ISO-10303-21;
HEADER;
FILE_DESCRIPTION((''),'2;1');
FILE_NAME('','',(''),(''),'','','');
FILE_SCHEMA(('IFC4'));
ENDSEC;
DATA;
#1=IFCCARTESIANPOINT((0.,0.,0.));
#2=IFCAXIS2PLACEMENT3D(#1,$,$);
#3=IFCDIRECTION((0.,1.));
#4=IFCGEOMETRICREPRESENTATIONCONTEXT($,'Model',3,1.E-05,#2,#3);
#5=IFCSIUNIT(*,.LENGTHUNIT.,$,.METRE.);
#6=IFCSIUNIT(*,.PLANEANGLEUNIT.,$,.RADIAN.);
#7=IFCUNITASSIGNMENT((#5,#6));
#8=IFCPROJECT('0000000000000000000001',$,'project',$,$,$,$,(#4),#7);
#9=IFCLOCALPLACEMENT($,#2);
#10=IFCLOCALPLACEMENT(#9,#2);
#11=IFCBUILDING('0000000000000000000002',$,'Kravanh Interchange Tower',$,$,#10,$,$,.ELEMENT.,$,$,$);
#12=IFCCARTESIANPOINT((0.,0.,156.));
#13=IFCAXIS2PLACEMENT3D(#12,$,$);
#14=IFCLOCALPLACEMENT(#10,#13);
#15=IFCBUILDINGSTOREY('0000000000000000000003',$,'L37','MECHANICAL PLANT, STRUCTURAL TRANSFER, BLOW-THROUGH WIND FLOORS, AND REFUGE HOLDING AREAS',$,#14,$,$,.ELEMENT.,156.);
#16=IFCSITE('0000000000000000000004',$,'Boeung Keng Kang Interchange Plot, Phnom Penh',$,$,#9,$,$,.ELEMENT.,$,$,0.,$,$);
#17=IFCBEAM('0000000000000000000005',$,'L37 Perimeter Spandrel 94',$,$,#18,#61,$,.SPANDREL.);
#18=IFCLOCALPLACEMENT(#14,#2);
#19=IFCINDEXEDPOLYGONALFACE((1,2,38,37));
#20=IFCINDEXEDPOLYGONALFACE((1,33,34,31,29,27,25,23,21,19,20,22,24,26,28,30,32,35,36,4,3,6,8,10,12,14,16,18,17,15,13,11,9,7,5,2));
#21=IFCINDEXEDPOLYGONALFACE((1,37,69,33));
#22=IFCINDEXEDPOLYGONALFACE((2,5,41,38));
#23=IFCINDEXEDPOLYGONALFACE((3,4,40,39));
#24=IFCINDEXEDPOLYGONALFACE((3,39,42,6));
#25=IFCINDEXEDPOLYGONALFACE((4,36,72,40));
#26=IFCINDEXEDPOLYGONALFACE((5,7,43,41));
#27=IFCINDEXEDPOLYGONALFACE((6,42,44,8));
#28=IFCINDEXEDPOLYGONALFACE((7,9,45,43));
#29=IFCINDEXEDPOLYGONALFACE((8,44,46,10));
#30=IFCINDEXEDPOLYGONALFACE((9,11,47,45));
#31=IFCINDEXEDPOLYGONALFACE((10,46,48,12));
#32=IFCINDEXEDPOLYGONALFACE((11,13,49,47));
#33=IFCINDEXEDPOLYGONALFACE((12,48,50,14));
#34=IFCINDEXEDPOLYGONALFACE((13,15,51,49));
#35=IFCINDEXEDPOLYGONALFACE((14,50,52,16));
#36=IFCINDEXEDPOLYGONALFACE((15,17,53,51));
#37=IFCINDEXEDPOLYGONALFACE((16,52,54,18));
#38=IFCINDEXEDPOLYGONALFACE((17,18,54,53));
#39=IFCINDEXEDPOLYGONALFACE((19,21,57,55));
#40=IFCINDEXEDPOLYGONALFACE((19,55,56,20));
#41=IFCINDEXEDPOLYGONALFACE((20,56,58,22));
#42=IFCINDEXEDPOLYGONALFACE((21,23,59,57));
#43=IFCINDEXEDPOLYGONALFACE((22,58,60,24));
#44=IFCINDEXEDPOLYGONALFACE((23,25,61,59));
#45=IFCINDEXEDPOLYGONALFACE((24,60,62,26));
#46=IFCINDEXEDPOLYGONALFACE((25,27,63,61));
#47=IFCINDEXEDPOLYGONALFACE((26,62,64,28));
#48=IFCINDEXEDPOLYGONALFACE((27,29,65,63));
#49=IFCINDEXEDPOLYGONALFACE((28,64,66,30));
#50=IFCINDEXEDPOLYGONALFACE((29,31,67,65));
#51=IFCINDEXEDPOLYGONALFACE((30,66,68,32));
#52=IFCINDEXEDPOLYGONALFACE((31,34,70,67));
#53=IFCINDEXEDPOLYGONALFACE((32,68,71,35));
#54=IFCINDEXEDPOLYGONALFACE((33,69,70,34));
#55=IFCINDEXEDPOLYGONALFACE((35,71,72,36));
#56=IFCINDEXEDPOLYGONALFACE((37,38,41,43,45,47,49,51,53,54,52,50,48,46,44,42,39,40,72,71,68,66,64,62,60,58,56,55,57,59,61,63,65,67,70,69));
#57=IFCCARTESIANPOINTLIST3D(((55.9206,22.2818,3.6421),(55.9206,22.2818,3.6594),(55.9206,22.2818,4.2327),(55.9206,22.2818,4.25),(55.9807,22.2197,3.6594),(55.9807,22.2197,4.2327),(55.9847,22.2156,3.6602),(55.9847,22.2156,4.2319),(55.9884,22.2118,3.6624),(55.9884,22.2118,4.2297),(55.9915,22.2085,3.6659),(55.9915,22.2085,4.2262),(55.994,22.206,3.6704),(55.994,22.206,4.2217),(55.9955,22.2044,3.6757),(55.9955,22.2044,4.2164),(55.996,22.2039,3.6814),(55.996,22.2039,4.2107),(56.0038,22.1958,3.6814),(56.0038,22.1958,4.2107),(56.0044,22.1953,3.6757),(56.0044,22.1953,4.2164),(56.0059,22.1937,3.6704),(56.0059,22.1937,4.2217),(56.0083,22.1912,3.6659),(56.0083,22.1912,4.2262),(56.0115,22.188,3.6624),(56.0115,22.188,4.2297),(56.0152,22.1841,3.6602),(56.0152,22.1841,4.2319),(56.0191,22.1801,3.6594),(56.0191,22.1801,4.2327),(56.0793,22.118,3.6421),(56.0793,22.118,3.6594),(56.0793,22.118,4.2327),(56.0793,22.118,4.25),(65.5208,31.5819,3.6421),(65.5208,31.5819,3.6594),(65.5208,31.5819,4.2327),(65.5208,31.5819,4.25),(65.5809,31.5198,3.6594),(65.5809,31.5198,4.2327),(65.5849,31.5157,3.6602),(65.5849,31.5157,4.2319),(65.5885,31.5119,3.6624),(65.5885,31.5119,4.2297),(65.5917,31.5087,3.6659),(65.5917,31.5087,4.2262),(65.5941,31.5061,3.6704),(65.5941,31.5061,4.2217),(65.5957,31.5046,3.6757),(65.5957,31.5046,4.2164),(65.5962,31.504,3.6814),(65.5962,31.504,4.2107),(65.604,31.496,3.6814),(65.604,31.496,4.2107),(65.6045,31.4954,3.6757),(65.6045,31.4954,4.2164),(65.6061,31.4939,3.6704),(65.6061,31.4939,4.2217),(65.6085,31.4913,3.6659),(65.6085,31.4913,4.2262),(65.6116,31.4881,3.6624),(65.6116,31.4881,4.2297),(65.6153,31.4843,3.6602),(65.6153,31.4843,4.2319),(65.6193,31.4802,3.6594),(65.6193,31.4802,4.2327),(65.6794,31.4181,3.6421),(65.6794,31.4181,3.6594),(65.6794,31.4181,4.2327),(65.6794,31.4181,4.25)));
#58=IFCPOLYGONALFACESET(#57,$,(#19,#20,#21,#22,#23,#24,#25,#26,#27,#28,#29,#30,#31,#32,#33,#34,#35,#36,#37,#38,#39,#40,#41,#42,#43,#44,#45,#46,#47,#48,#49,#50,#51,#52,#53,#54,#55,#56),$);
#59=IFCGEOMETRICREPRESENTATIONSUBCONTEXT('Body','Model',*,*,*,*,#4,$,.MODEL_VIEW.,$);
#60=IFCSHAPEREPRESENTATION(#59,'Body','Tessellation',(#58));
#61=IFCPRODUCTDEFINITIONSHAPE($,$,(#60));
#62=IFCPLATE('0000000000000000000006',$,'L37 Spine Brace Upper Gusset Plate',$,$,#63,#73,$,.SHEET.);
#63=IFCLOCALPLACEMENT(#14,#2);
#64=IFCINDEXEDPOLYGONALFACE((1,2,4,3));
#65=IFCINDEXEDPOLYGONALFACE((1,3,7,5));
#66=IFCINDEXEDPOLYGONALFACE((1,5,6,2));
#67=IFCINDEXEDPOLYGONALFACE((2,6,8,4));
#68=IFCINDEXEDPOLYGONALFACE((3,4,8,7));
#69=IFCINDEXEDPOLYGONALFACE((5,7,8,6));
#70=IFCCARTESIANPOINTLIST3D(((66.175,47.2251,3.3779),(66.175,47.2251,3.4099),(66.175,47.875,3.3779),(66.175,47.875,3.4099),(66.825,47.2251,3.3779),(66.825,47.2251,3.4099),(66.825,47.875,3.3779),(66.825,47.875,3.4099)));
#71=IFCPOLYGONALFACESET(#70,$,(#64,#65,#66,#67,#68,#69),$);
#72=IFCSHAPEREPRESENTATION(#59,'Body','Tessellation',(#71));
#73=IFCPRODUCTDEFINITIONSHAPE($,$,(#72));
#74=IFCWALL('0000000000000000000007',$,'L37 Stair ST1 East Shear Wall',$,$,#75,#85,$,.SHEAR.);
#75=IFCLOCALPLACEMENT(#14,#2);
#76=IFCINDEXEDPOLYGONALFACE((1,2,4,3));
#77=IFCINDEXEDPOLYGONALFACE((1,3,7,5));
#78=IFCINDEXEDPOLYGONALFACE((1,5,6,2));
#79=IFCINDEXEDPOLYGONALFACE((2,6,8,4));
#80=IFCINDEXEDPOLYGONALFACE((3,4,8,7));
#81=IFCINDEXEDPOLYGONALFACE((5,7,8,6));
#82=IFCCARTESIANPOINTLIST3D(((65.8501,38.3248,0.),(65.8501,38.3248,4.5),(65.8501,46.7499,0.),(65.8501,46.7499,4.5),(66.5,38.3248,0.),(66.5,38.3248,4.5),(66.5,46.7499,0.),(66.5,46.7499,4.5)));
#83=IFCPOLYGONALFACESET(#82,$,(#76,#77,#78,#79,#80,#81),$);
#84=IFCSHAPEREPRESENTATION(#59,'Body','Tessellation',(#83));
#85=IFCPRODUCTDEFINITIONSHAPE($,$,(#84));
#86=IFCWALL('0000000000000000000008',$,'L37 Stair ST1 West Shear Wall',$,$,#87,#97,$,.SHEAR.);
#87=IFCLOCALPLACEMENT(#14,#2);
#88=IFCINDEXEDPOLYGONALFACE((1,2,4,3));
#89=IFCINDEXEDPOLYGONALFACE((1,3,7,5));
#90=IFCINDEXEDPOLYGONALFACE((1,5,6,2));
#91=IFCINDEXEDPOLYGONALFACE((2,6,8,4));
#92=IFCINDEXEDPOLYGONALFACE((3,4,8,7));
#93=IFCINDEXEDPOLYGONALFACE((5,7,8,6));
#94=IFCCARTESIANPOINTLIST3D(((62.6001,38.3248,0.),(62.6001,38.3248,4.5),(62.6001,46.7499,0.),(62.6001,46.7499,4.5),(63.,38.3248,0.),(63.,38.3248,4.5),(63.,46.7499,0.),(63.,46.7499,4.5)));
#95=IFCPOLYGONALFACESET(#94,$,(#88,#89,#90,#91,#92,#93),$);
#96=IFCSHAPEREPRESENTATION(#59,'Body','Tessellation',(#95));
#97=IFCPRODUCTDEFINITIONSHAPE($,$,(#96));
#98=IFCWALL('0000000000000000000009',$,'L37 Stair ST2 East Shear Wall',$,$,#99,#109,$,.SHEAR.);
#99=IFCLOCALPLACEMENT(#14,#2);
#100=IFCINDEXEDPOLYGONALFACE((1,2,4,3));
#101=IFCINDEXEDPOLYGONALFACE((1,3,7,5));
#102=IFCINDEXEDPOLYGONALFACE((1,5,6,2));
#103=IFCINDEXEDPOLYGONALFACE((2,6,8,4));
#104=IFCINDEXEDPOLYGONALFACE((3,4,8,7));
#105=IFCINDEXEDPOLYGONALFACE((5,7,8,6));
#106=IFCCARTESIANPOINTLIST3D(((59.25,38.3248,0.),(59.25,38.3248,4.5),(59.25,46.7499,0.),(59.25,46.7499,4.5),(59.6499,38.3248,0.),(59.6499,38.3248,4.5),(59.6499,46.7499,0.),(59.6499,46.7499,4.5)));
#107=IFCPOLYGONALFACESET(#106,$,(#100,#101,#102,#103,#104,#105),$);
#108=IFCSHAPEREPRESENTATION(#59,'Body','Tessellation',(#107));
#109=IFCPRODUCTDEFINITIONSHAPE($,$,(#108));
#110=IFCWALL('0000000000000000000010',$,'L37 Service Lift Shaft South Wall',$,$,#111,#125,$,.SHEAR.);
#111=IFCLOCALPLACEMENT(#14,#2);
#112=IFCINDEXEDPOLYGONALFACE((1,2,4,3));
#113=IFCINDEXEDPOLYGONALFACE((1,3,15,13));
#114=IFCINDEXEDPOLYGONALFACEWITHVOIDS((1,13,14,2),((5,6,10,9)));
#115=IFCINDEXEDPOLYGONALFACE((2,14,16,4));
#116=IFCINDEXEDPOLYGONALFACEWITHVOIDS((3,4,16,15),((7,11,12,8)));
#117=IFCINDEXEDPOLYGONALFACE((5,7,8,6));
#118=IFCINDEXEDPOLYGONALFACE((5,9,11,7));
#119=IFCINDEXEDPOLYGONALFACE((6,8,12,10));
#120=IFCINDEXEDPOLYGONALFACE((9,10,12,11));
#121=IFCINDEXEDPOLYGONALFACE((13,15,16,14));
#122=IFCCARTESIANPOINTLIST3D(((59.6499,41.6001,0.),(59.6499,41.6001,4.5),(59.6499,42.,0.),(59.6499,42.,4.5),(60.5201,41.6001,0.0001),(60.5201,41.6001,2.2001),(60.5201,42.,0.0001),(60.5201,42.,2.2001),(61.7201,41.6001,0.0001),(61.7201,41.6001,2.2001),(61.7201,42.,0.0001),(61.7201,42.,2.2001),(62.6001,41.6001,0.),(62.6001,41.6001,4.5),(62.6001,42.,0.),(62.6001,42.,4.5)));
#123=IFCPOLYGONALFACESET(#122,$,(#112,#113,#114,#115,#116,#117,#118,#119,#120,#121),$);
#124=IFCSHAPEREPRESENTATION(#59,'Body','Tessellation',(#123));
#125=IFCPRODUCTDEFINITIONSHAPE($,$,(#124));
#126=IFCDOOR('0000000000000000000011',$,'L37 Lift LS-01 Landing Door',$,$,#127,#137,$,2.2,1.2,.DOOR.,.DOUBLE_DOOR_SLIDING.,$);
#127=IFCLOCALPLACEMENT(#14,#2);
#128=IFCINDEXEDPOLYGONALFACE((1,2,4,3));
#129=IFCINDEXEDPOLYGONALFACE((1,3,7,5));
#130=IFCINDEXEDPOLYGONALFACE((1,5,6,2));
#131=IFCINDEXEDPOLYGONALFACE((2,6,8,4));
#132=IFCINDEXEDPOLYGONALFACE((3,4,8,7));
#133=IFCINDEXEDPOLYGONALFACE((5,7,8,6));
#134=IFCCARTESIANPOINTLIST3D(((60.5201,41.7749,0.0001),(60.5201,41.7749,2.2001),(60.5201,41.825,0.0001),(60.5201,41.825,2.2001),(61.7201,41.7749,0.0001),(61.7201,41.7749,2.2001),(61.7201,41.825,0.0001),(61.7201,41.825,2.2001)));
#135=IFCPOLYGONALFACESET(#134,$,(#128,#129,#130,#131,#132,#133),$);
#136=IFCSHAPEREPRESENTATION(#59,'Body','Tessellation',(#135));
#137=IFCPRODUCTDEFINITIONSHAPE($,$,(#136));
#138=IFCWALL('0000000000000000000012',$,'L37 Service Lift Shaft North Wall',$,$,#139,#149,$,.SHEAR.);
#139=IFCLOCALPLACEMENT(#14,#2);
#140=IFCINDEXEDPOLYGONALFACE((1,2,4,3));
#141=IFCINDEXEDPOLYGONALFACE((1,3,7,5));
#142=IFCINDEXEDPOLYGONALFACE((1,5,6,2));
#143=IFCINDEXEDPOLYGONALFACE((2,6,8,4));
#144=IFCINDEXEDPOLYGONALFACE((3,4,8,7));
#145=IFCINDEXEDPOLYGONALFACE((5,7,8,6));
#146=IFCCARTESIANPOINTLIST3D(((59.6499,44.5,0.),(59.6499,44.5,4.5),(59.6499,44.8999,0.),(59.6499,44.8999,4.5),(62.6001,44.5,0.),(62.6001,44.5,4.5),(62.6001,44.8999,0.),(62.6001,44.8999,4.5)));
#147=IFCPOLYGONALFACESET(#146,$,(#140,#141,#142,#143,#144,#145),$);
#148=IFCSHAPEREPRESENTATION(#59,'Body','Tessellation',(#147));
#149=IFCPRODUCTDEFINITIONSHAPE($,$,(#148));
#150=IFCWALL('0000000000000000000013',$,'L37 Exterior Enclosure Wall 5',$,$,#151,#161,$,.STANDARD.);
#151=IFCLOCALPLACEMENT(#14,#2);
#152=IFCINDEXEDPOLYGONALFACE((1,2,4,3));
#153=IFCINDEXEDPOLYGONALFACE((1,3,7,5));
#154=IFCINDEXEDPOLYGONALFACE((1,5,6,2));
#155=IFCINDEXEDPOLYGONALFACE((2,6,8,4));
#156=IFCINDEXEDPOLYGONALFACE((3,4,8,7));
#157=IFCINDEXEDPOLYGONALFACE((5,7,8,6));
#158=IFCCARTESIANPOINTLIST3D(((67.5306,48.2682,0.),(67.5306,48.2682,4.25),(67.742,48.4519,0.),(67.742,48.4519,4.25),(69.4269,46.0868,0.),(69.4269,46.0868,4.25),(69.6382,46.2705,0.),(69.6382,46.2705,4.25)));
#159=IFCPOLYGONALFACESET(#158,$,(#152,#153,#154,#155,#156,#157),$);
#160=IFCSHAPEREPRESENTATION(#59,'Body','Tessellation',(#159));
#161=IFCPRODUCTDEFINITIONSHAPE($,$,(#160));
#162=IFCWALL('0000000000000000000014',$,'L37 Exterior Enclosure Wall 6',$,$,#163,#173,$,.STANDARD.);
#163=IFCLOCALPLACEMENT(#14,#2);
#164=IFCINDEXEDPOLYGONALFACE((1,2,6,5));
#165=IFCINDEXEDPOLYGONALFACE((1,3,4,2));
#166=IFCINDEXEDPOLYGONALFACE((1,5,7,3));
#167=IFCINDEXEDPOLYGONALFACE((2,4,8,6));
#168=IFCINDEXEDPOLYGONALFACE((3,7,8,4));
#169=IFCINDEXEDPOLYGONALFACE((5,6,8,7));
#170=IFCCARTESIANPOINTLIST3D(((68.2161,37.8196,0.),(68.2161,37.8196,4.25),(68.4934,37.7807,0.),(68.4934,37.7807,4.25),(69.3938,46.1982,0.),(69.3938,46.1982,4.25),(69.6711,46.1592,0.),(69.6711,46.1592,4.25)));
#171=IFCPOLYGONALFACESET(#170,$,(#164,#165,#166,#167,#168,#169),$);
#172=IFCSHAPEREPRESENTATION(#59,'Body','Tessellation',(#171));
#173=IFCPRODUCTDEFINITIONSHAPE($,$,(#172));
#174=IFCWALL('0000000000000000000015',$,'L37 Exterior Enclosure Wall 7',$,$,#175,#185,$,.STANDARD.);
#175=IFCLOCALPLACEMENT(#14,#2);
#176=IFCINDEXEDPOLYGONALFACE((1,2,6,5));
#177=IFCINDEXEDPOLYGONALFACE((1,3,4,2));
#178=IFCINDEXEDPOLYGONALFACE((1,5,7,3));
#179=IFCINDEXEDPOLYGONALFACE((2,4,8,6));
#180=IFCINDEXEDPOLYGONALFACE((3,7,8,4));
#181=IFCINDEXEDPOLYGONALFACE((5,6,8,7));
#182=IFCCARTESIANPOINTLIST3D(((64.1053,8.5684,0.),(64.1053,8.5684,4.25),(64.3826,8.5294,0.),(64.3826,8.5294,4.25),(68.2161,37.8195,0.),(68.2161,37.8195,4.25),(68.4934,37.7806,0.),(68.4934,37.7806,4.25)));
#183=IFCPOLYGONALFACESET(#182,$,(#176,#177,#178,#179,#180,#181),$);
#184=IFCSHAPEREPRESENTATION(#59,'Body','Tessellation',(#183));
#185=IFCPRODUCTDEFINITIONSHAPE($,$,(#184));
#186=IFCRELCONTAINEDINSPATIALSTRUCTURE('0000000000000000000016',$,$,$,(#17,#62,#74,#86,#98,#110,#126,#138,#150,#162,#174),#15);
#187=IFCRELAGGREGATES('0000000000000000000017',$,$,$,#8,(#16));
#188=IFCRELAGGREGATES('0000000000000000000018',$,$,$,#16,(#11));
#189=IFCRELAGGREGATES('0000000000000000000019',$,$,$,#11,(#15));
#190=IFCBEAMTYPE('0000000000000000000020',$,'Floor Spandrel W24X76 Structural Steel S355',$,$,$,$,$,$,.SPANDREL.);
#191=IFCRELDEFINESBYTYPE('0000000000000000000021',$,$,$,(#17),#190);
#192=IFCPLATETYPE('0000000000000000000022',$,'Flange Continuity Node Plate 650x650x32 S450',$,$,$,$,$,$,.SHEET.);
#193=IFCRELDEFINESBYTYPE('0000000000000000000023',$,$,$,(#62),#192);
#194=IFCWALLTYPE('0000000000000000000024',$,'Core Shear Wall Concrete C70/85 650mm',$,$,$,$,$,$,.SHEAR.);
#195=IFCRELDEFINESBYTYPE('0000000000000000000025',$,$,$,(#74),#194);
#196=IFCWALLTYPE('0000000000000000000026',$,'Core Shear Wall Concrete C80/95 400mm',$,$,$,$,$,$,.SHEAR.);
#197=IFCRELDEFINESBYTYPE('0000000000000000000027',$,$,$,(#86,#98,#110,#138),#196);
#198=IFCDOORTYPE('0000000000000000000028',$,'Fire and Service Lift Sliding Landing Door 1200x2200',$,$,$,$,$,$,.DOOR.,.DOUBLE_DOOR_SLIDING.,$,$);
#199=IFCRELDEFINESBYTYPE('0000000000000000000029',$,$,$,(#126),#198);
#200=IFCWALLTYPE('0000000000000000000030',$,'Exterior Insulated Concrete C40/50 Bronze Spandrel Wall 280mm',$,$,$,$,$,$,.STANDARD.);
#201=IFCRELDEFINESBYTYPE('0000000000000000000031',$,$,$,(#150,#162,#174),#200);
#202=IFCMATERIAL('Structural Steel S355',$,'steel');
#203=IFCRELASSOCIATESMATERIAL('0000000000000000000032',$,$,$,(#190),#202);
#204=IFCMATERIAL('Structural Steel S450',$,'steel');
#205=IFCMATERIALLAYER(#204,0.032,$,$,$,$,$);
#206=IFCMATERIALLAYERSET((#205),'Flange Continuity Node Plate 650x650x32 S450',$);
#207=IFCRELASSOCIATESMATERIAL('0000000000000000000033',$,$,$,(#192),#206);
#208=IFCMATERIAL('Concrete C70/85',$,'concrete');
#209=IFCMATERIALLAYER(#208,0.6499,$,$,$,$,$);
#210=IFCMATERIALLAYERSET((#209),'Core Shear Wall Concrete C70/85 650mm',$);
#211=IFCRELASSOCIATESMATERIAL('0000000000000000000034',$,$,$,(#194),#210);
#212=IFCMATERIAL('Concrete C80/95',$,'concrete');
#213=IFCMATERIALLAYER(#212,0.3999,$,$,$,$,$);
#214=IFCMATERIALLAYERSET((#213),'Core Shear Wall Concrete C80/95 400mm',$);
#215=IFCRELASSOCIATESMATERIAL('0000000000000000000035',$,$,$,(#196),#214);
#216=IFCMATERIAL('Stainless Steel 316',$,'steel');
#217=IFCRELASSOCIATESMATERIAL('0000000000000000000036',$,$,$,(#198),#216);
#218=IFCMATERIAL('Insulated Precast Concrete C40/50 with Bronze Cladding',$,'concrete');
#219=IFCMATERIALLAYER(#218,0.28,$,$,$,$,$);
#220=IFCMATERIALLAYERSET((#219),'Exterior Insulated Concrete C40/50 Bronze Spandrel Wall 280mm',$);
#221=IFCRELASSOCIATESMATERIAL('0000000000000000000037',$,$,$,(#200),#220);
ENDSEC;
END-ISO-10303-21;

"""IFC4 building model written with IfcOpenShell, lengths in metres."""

from ifc_helpers import new_model, si_unit, direction, frame, frame_2d, origin, origin_2d, place, context, subcontext, project, spatial, rectangle, i_section, extrude, material, layer, layer_set, material_profile, profile_set, type_object, element, fill, save


model = new_model("IFC4")

# Units and contexts
model_context = context("Model", 3, precision=1e-05, world=origin(), true_north=direction((0.0, 1.0)))
body_context = subcontext(model_context, "Body", "Model", "MODEL_VIEW")
ifc_project = project(units=[si_unit("LENGTHUNIT", "METRE"), si_unit("PLANEANGLEUNIT", "RADIAN")], contexts=[model_context])

# Site, building, storey
site_placement = place(None, origin())
site = spatial("IfcSite", under=ifc_project, at=site_placement, Name="Boeung Keng Kang Interchange Plot, Phnom Penh", CompositionType="ELEMENT", RefElevation=0.0)
building_placement = place(site_placement, origin())
building = spatial("IfcBuilding", under=site, at=building_placement, Name="Kravanh Interchange Tower", CompositionType="ELEMENT")
storey_placement = place(building_placement, frame((0.0, 0.0, 156.0)))
storey = spatial("IfcBuildingStorey", under=building, at=storey_placement, Name="L37", Description="MECHANICAL PLANT, STRUCTURAL TRANSFER, BLOW-THROUGH WIND FLOORS, AND REFUGE HOLDING AREAS", CompositionType="ELEMENT", Elevation=156.0)

# Beam
ifc_material_1 = material(Name="Structural Steel S355", Category="steel")
ifc_material_profile_1 = material_profile(ifc_material_1, i_section(OverallWidth=0.228, OverallDepth=0.6079, WebThickness=0.0112, FlangeThickness=0.0173, FilletRadius=0.022, at=origin_2d()), Name="W24X76")
ifc_profile_set_1 = profile_set([ifc_material_profile_1], Name="Structural Steel S355")
beam_type_1 = type_object("IfcBeamType", Name="Floor Spandrel W24X76 Structural Steel S355", PredefinedType="SPANDREL", material=ifc_profile_set_1)
beam_1_placement = place(storey_placement, frame((65.6001, 31.5, 3.946), z_axis=(-0.718242, -0.695793, 0.0), x_axis=(0.695793, -0.718242, 0.0)))
element("IfcBeam", 1, at=beam_1_placement, inside=storey, type_object=beam_type_1, Name="L37 Perimeter Spandrel 94", PredefinedType="SPANDREL", context=body_context, shape_type="SweptSolid", body=[
    extrude(i_section(OverallWidth=0.228, OverallDepth=0.6079, WebThickness=0.0112, FlangeThickness=0.0173, FilletRadius=0.022, at=origin_2d()), origin(), (0.0, 0.0, 1.0), 13.3662),
])

# Plate
ifc_material_2 = material(Name="Structural Steel S450", Category="steel")
ifc_layer_1 = layer(ifc_material_2, 0.032)
ifc_layer_set_1 = layer_set([ifc_layer_1], Name="Flange Continuity Node Plate 650x650x32 S450")
plate_type = type_object("IfcPlateType", Name="Flange Continuity Node Plate 650x650x32 S450", PredefinedType="SHEET", material=ifc_layer_set_1)
plate_placement = place(storey_placement, frame((66.5, 47.55, 3.3779), z_axis=(0.0, 0.0, 1.0), x_axis=(1.0, 0.0, 0.0)))
element("IfcPlate", 2, at=plate_placement, inside=storey, type_object=plate_type, Name="L37 Spine Brace Upper Gusset Plate", PredefinedType="SHEET", context=body_context, shape_type="SweptSolid", body=[
    extrude(rectangle(XDim=0.6499, YDim=0.6499, at=origin_2d()), origin(), (0.0, 0.0, 1.0), 0.032),
])

# Walls
ifc_material_3 = material(Name="Concrete C70/85", Category="concrete")
ifc_layer_2 = layer(ifc_material_3, 0.6499)
ifc_layer_set_2 = layer_set([ifc_layer_2], Name="Core Shear Wall Concrete C70/85 650mm")
wall_type_1 = type_object("IfcWallType", Name="Core Shear Wall Concrete C70/85 650mm", PredefinedType="SHEAR", material=ifc_layer_set_2)
wall_1_placement = place(storey_placement, frame((66.175, 38.325, 0.0), z_axis=(0.0, 0.0, 1.0), x_axis=(0.0, 1.0, 0.0)))
element("IfcWall", 3, at=wall_1_placement, inside=storey, type_object=wall_type_1, Name="L37 Stair ST1 East Shear Wall", PredefinedType="SHEAR", context=body_context, shape_type="SweptSolid", body=[
    extrude(rectangle(XDim=8.425, YDim=0.6499, at=frame_2d((4.2124, 0.0))), origin(), (0.0, 0.0, 1.0), 4.5),
])
ifc_material_4 = material(Name="Concrete C80/95", Category="concrete")
ifc_layer_3 = layer(ifc_material_4, 0.3999)
ifc_layer_set_3 = layer_set([ifc_layer_3], Name="Core Shear Wall Concrete C80/95 400mm")
wall_type_2 = type_object("IfcWallType", Name="Core Shear Wall Concrete C80/95 400mm", PredefinedType="SHEAR", material=ifc_layer_set_3)
for number, where, z_axis, x_axis, name in (
    (4, (62.8, 38.325, 0.0), (0.0, 0.0, 1.0), (0.0, 1.0, 0.0), "L37 Stair ST1 West Shear Wall"),
    (5, (59.45, 38.325, 0.0), (0.0, 0.0, 1.0), (0.0, 1.0, 0.0), "L37 Stair ST2 East Shear Wall"),
):
    element("IfcWall", number, at=place(storey_placement, frame(where, z_axis=z_axis, x_axis=x_axis)), inside=storey, type_object=wall_type_2, Name=name, PredefinedType="SHEAR", context=body_context, shape_type="SweptSolid", body=[
        extrude(rectangle(XDim=8.425, YDim=0.3999, at=frame_2d((4.2124, 0.0))), origin(), (0.0, 0.0, 1.0), 4.5),
    ])

# Wall, opening, door
wall_2_placement = place(storey_placement, frame((59.6499, 41.8, 0.0), z_axis=(0.0, 0.0, 1.0), x_axis=(1.0, 0.0, 0.0)))
wall_2 = element("IfcWall", 6, at=wall_2_placement, inside=storey, type_object=wall_type_2, Name="L37 Service Lift Shaft South Wall", PredefinedType="SHEAR", context=body_context, shape_type="SweptSolid", body=[
    extrude(rectangle(XDim=2.9502, YDim=0.3999, at=frame_2d((1.4751, 0.0))), origin(), (0.0, 0.0, 1.0), 4.5),
])
opening_placement = place(wall_2_placement, frame((0.8701, 0.0, 0.0)))
opening = element("IfcOpeningElement", 7, at=opening_placement, cuts=wall_2, PredefinedType="OPENING", context=body_context, shape_type="SweptSolid", body=[
    extrude(rectangle(XDim=1.2, YDim=2.2, at=frame_2d((0.6001, 1.1001))), frame((0.0, 0.21, 0.0), z_axis=(0.0, -1.0, 0.0), x_axis=(1.0, 0.0, 0.0)), (0.0, 0.0, 1.0), 0.4199),
])
ifc_material_5 = material(Name="Stainless Steel 316", Category="steel")
door_type = type_object("IfcDoorType", Name="Fire and Service Lift Sliding Landing Door 1200x2200", OperationType="DOUBLE_DOOR_SLIDING", PredefinedType="DOOR", material=ifc_material_5)
door_placement = place(opening_placement, origin())
door = element("IfcDoor", 8, at=door_placement, inside=storey, type_object=door_type, Name="L37 Lift LS-01 Landing Door", OperationType="DOUBLE_DOOR_SLIDING", OverallHeight=2.2, OverallWidth=1.2, PredefinedType="DOOR", context=body_context, shape_type="SweptSolid", body=[
    extrude(rectangle(XDim=1.2, YDim=2.2, at=frame_2d((0.6001, 1.1001))), frame((0.0, 0.0249, 0.0), z_axis=(0.0, -1.0, 0.0), x_axis=(1.0, 0.0, 0.0)), (0.0, 0.0, 1.0), 0.05),
])
fill(opening, door)

# Walls
wall_3_placement = place(storey_placement, frame((59.6499, 44.7, 0.0), z_axis=(0.0, 0.0, 1.0), x_axis=(1.0, 0.0, 0.0)))
element("IfcWall", 9, at=wall_3_placement, inside=storey, type_object=wall_type_2, Name="L37 Service Lift Shaft North Wall", PredefinedType="SHEAR", context=body_context, shape_type="SweptSolid", body=[
    extrude(rectangle(XDim=2.9502, YDim=0.3999, at=frame_2d((1.4751, 0.0))), origin(), (0.0, 0.0, 1.0), 4.5),
])
ifc_material_6 = material(Name="Insulated Precast Concrete C40/50 with Bronze Cladding", Category="concrete")
ifc_layer_4 = layer(ifc_material_6, 0.28)
ifc_layer_set_4 = layer_set([ifc_layer_4], Name="Exterior Insulated Concrete C40/50 Bronze Spandrel Wall 280mm")
wall_type_3 = type_object("IfcWallType", Name="Exterior Insulated Concrete C40/50 Bronze Spandrel Wall 280mm", PredefinedType="STANDARD", material=ifc_layer_set_4)
wall_4_placement = place(storey_placement, frame((67.6362, 48.3601, 0.0), z_axis=(0.0, 0.0, 1.0), x_axis=(0.656055, -0.754713, 0.0)))
element("IfcWall", 10, at=wall_4_placement, inside=storey, type_object=wall_type_3, Name="L37 Exterior Enclosure Wall 5", PredefinedType="STANDARD", context=body_context, shape_type="SweptSolid", body=[
    extrude(rectangle(XDim=2.8904, YDim=0.28, at=frame_2d((1.4453, 0.0))), origin(), (0.0, 0.0, 1.0), 4.25),
])
wall_5_placement = place(storey_placement, frame((69.5325, 46.1787, 0.0), z_axis=(0.0, 0.0, 1.0), x_axis=(-0.139195, -0.990265, 0.0)))
element("IfcWall", 11, at=wall_5_placement, inside=storey, type_object=wall_type_3, Name="L37 Exterior Enclosure Wall 6", PredefinedType="STANDARD", context=body_context, shape_type="SweptSolid", body=[
    extrude(rectangle(XDim=8.4609, YDim=0.28, at=frame_2d((4.2305, 0.0))), origin(), (0.0, 0.0, 1.0), 4.25),
])
wall_6_placement = place(storey_placement, frame((68.3547, 37.8, 0.0), z_axis=(0.0, 0.0, 1.0), x_axis=(-0.139168, -0.990269, 0.0)))
element("IfcWall", 12, at=wall_6_placement, inside=storey, type_object=wall_type_3, Name="L37 Exterior Enclosure Wall 7", PredefinedType="STANDARD", context=body_context, shape_type="SweptSolid", body=[
    extrude(rectangle(XDim=29.5386, YDim=0.28, at=frame_2d((14.7693, 0.0))), origin(), (0.0, 0.0, 1.0), 4.25),
])

save(model, "model.ifc")
